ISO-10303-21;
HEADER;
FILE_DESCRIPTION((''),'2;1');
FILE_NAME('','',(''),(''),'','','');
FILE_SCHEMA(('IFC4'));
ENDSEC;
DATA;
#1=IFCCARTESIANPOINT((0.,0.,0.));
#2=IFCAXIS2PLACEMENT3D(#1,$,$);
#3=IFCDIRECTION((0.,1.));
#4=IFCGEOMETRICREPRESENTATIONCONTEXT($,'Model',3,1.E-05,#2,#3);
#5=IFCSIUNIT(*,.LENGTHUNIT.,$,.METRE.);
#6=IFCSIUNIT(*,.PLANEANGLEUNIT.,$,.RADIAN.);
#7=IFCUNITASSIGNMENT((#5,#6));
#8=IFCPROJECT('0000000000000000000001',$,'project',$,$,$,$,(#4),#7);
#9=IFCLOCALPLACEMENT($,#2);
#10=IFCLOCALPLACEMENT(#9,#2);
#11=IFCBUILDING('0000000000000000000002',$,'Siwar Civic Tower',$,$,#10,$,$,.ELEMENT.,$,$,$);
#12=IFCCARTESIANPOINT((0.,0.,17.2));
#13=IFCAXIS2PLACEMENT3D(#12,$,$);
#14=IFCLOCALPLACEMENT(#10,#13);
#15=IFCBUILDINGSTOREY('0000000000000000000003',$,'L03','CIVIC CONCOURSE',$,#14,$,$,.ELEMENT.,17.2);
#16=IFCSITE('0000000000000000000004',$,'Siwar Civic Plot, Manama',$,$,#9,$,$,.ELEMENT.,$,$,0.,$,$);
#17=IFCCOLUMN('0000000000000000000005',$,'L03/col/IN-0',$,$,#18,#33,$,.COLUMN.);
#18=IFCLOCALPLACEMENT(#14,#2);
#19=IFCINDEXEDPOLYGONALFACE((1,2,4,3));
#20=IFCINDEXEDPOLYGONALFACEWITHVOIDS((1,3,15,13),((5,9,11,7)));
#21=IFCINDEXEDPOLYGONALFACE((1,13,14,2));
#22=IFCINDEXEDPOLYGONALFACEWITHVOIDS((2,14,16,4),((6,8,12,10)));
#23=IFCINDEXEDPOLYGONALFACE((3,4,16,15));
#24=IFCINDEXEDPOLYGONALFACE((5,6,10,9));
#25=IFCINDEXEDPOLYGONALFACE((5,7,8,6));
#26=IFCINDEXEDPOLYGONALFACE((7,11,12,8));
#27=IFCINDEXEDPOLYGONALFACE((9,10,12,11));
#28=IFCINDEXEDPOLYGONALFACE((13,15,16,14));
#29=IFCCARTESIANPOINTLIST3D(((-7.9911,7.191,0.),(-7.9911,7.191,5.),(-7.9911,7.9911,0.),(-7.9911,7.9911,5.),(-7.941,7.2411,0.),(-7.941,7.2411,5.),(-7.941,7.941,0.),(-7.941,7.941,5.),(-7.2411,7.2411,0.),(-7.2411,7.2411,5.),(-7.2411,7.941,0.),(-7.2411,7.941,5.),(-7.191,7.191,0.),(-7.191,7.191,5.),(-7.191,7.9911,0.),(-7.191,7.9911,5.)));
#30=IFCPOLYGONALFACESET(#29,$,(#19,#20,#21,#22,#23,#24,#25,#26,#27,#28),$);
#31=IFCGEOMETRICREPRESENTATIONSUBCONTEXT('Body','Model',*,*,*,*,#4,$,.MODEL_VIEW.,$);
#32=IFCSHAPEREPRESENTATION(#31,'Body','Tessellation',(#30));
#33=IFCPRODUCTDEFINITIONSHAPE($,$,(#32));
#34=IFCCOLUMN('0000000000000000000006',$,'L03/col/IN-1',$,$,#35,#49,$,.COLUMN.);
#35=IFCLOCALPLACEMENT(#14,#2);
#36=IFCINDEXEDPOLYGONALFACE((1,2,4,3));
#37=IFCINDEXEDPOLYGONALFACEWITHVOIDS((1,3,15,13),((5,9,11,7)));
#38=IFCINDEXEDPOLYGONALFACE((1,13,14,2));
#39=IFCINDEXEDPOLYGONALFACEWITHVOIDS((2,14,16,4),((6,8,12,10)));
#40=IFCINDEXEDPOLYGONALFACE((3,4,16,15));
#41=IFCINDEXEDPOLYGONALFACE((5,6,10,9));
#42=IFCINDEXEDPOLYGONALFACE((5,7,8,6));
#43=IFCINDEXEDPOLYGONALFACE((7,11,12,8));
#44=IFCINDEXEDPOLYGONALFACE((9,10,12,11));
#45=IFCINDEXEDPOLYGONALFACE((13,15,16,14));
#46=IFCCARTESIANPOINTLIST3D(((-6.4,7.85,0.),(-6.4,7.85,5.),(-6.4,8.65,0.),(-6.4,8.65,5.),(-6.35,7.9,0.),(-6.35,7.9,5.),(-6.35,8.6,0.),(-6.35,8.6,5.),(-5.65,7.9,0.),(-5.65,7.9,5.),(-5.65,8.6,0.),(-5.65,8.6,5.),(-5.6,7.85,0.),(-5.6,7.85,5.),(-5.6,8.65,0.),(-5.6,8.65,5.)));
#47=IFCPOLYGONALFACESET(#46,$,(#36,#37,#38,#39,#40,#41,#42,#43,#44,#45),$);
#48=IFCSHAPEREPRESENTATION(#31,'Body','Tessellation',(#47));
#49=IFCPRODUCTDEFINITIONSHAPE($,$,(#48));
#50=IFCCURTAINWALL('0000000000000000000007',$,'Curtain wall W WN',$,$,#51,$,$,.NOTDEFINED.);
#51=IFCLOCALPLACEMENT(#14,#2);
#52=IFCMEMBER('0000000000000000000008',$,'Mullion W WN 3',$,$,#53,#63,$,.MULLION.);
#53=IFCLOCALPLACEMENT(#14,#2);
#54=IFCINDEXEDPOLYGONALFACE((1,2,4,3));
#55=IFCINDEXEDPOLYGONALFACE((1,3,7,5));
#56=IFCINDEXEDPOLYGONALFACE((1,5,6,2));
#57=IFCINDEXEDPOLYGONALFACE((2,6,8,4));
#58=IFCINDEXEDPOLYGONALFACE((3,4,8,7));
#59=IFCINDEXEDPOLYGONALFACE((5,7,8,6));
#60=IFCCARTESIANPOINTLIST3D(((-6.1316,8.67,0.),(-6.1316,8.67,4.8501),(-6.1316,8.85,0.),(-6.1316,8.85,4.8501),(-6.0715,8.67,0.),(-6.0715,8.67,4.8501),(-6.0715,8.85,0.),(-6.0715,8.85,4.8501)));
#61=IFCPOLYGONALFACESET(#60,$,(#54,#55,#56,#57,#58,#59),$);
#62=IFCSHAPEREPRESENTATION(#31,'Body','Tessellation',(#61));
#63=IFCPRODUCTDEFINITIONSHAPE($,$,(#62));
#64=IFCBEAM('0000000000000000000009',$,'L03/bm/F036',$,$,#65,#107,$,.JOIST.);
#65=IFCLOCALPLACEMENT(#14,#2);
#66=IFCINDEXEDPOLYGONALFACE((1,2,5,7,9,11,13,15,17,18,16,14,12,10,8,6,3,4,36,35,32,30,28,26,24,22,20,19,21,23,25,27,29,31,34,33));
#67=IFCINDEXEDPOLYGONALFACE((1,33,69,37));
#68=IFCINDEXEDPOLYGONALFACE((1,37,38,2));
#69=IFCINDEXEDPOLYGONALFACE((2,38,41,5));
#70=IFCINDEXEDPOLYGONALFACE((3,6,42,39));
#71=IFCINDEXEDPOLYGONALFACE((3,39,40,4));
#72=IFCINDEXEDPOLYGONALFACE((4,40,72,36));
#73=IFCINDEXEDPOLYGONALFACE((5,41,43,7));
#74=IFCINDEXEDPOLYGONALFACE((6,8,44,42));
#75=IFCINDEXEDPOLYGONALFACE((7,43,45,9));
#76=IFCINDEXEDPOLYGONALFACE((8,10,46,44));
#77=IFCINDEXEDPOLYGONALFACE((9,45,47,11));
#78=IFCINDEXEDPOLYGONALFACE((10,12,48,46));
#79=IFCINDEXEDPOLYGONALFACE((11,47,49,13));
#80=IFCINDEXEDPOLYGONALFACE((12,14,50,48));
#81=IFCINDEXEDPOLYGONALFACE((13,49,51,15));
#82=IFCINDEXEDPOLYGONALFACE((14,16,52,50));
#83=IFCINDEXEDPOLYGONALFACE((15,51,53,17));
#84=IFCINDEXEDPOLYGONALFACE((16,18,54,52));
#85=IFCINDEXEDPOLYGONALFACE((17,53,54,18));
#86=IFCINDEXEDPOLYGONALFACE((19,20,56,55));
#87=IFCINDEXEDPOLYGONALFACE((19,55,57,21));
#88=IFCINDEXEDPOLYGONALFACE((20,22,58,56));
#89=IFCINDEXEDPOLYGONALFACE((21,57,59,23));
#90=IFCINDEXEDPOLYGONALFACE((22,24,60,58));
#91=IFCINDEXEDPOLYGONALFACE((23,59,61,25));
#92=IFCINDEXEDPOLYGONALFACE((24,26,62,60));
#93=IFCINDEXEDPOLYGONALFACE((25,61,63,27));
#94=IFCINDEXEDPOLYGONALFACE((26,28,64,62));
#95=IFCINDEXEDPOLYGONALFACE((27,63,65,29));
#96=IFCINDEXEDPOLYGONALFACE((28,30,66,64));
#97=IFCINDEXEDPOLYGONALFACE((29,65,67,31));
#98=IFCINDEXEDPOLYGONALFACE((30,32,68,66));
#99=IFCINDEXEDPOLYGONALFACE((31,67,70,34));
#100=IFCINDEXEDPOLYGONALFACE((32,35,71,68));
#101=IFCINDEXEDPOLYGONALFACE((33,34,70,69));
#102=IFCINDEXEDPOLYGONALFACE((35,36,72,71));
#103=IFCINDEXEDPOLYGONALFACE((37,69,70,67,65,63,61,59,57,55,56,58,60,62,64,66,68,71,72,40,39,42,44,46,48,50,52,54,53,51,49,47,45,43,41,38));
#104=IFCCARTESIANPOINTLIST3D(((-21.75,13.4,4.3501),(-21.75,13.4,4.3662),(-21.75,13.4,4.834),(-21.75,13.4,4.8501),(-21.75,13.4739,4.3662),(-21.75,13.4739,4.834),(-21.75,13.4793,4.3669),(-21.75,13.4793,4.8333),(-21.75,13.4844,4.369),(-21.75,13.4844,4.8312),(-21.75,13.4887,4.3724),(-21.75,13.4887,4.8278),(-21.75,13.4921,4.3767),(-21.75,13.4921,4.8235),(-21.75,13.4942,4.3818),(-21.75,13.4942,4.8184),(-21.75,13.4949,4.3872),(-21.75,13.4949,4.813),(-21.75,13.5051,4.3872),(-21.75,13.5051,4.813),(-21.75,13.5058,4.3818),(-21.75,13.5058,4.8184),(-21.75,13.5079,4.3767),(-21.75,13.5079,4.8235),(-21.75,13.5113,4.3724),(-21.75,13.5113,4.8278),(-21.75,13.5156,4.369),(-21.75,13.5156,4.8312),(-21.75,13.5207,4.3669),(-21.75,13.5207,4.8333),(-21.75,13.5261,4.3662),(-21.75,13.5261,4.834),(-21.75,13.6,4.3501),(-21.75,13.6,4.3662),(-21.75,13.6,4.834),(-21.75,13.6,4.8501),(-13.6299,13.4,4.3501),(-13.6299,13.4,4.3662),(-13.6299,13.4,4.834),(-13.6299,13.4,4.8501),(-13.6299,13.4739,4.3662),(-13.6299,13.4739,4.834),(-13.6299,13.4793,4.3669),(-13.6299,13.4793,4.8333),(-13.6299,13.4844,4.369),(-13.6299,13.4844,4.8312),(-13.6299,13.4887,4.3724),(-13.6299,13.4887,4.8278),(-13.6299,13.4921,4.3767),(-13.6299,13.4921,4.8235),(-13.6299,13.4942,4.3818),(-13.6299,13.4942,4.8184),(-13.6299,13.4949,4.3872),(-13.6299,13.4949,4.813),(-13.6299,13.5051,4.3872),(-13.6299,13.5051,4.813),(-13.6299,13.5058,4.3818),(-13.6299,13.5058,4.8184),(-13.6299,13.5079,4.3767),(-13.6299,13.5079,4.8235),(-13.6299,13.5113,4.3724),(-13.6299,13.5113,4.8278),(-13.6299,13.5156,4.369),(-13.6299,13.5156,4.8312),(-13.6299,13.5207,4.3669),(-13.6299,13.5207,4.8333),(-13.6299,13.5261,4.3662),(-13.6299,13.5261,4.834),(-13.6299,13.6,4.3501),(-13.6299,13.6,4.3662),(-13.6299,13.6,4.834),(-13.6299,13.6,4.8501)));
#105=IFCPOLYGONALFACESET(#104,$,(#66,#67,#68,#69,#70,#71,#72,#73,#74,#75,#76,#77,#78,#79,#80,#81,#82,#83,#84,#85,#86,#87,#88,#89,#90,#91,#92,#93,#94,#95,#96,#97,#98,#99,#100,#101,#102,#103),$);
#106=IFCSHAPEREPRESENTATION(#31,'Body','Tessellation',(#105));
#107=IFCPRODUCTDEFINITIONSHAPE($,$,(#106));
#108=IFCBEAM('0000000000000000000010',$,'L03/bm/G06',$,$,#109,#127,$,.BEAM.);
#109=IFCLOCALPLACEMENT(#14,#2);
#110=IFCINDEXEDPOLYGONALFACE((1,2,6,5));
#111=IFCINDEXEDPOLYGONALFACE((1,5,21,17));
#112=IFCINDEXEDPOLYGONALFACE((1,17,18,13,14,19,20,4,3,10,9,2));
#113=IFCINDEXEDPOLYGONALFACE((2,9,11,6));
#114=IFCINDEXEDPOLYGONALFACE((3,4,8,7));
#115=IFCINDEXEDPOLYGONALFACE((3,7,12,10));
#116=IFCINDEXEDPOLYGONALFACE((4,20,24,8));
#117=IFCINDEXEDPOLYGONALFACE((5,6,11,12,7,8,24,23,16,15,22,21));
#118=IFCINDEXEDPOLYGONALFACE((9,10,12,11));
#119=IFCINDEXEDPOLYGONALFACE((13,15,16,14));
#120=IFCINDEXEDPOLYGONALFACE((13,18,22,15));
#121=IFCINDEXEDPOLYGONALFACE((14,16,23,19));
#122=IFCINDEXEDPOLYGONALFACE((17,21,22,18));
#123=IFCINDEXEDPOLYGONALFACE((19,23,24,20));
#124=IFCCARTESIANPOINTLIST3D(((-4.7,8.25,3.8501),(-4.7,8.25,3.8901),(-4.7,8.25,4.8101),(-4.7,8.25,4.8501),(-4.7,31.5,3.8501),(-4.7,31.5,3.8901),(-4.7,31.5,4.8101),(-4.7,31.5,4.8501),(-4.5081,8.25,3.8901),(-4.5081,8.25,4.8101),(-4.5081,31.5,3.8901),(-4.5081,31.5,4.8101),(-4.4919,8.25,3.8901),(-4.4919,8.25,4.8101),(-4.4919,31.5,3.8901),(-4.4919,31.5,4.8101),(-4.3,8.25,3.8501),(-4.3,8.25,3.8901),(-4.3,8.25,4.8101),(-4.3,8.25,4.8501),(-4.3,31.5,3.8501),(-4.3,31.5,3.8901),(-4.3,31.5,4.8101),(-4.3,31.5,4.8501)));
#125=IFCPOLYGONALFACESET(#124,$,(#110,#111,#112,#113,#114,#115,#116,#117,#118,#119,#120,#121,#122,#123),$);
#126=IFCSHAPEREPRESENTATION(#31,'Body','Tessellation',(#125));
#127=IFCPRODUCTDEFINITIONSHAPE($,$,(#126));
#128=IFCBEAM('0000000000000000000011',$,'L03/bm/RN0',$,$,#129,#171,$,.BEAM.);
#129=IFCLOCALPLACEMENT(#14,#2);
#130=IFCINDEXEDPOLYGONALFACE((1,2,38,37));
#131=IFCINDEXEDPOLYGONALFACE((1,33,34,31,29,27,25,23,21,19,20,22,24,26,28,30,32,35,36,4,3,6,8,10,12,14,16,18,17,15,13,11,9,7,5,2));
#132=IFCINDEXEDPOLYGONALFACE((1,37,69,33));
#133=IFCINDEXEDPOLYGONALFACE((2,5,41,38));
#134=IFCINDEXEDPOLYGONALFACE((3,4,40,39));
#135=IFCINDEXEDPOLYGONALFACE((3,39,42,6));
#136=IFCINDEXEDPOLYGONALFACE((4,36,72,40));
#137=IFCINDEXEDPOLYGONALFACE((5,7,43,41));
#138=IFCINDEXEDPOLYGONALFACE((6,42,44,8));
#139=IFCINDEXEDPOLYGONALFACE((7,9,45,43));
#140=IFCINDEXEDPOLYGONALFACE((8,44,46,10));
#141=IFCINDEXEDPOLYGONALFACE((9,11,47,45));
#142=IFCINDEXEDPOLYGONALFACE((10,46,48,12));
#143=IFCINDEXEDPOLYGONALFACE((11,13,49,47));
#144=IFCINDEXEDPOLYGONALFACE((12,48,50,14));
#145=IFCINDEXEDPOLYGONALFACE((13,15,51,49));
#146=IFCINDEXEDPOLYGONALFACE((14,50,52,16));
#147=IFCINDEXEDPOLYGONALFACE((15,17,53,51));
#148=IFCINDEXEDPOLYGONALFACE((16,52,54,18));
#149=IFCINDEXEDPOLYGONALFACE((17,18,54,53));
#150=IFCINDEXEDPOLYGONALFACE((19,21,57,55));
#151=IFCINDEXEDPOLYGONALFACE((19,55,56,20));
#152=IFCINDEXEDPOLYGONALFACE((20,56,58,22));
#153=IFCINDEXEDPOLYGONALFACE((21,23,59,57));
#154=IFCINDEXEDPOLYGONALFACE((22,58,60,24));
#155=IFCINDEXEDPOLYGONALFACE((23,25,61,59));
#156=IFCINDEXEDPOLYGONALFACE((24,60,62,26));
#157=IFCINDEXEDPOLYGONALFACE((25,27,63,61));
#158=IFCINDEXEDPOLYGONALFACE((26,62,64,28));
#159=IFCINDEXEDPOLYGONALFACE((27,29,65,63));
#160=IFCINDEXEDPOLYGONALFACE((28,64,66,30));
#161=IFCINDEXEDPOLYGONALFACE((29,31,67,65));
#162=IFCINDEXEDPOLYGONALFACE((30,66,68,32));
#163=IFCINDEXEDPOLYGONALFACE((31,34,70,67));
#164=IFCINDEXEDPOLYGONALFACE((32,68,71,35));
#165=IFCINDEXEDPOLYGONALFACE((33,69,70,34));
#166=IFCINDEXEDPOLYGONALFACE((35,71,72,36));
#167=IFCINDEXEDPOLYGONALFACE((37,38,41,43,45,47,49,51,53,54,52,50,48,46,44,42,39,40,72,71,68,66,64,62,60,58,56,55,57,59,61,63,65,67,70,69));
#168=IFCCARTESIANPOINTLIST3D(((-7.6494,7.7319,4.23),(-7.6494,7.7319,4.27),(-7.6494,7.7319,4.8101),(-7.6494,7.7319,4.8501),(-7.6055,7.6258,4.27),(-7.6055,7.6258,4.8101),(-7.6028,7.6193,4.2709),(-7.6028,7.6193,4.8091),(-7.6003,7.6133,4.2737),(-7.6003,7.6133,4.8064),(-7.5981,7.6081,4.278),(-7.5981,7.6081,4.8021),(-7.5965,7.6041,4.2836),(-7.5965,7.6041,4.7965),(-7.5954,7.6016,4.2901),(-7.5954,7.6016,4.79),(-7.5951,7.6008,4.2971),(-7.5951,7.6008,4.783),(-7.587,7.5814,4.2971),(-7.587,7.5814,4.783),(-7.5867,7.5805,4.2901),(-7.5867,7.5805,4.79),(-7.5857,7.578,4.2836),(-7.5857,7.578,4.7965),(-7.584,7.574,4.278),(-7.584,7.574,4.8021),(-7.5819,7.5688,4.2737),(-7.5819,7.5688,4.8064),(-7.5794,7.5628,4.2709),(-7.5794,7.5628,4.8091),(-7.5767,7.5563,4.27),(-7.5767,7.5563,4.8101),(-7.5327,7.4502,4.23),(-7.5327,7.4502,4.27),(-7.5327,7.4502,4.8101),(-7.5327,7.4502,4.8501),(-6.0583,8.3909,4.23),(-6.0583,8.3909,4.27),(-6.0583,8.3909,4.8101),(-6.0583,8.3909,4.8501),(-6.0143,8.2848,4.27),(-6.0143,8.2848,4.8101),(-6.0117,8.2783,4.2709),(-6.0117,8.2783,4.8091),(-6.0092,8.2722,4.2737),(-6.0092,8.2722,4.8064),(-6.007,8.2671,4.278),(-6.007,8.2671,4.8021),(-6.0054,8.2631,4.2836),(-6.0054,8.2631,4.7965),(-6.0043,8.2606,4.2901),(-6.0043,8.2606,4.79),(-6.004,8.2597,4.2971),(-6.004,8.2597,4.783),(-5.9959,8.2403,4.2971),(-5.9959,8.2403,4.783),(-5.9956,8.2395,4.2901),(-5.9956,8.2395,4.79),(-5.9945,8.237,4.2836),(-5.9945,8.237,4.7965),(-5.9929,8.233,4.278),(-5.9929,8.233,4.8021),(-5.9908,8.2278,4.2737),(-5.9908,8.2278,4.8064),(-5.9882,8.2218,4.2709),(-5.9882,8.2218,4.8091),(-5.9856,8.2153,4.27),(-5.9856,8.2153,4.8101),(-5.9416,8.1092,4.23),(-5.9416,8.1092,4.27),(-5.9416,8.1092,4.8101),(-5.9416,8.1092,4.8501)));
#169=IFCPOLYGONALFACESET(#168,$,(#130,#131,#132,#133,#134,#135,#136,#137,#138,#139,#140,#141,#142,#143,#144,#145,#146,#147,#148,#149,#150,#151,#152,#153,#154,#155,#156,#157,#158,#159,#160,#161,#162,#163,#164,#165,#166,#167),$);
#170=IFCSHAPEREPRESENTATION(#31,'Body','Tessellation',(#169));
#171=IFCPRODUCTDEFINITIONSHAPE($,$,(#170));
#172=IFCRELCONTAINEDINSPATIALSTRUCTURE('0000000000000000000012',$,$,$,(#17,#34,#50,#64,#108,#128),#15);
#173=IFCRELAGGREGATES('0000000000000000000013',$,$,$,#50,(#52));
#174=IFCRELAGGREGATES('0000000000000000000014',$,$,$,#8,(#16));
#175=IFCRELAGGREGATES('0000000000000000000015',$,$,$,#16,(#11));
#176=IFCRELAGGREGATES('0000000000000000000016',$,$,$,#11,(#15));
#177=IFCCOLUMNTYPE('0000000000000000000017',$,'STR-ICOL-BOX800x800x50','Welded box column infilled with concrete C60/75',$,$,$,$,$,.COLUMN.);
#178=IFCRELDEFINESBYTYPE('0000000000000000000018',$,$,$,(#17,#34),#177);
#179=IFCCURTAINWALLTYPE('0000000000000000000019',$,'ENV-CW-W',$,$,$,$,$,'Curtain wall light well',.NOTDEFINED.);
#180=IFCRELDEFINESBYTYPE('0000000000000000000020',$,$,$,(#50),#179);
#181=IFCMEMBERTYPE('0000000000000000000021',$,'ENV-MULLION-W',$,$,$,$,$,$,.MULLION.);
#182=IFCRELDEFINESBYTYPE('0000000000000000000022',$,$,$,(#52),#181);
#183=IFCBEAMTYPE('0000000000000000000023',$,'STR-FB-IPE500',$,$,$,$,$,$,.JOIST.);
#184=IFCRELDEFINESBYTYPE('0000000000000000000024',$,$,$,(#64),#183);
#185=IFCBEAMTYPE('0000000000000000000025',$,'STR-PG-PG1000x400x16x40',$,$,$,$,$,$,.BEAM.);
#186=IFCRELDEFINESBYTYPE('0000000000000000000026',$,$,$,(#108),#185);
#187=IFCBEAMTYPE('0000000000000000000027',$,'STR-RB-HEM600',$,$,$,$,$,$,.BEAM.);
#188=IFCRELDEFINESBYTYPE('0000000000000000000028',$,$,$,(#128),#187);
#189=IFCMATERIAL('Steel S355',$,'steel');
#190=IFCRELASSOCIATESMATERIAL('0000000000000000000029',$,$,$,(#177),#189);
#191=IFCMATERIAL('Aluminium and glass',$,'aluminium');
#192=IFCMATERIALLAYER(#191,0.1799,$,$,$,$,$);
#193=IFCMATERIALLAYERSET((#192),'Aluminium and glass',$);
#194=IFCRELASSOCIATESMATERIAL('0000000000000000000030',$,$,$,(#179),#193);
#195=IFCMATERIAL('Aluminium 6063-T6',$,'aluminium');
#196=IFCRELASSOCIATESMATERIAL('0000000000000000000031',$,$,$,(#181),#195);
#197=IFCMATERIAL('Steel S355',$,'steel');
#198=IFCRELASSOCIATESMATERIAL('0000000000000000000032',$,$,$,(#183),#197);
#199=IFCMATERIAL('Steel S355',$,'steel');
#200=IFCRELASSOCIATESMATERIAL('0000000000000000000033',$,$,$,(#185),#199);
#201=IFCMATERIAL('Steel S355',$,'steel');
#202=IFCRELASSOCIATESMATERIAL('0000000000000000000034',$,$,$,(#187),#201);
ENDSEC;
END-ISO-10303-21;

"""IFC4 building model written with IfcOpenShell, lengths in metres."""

from ifc_helpers import new_model, si_unit, direction, frame, origin, origin_2d, place, context, subcontext, project, spatial, rectangle, hollow_rectangle, i_section, extrude, material, layer, layer_set, material_profile, profile_set, type_object, element, aggregate, save


model = new_model("IFC4")

# Units and contexts
model_context = context("Model", 3, precision=1e-05, world=origin(), true_north=direction((0.0, 1.0)))
body_context = subcontext(model_context, "Body", "Model", "MODEL_VIEW")
ifc_project = project(units=[si_unit("LENGTHUNIT", "METRE"), si_unit("PLANEANGLEUNIT", "RADIAN")], contexts=[model_context])

# Site, building, storey
site_placement = place(None, origin())
site = spatial("IfcSite", under=ifc_project, at=site_placement, Name="Siwar Civic Plot, Manama", CompositionType="ELEMENT", RefElevation=0.0)
building_placement = place(site_placement, origin())
building = spatial("IfcBuilding", under=site, at=building_placement, Name="Siwar Civic Tower", CompositionType="ELEMENT")
storey_placement = place(building_placement, frame((0.0, 0.0, 17.2)))
storey = spatial("IfcBuildingStorey", under=building, at=storey_placement, Name="L03", Description="CIVIC CONCOURSE", CompositionType="ELEMENT", Elevation=17.2)

# Columns
ifc_material_1 = material(Name="Steel S355", Category="steel")
ifc_material_profile_1 = material_profile(ifc_material_1, hollow_rectangle(XDim=0.8, YDim=0.8, WallThickness=0.05, at=origin_2d()), Name="BOX800x800x50")
ifc_profile_set_1 = profile_set([ifc_material_profile_1], Name="Steel S355")
column_type = type_object("IfcColumnType", Name="STR-ICOL-BOX800x800x50", Description="Welded box column infilled with concrete C60/75", PredefinedType="COLUMN", material=ifc_profile_set_1)
for number, where, z_axis, x_axis, name in (
    (1, (-7.5911, 7.5911, 0.0), (0.0, 0.0, 1.0), (1.0, 0.0, 0.0), "L03/col/IN-0"),
    (2, (-6.0, 8.25, 0.0), (0.0, 0.0, 1.0), (1.0, 0.0, 0.0), "L03/col/IN-1"),
):
    element("IfcColumn", number, at=place(storey_placement, frame(where, z_axis=z_axis, x_axis=x_axis)), inside=storey, type_object=column_type, Name=name, PredefinedType="COLUMN", context=body_context, shape_type="SweptSolid", body=[
        extrude(hollow_rectangle(XDim=0.8, YDim=0.8, WallThickness=0.05, at=origin_2d()), origin(), (0.0, 0.0, 1.0), 5.0),
    ])

# Curtain wall, member
ifc_material_2 = material(Name="Aluminium and glass", Category="aluminium")
ifc_layer_1 = layer(ifc_material_2, 0.1799)
ifc_layer_set_1 = layer_set([ifc_layer_1], Name="Aluminium and glass")
curtain_wall_type = type_object("IfcCurtainWallType", Name="ENV-CW-W", ElementType="Curtain wall light well", PredefinedType="NOTDEFINED", material=ifc_layer_set_1)
curtain_wall_placement = place(storey_placement, origin())
curtain_wall = element("IfcCurtainWall", 3, at=curtain_wall_placement, inside=storey, type_object=curtain_wall_type, Name="Curtain wall W WN", PredefinedType="NOTDEFINED")
ifc_material_3 = material(Name="Aluminium 6063-T6", Category="aluminium")
ifc_material_profile_2 = material_profile(ifc_material_3, rectangle(XDim=0.1799, YDim=0.0601, at=origin_2d()), Name="AL 180x60")
ifc_profile_set_2 = profile_set([ifc_material_profile_2], Name="Aluminium 6063-T6")
member_type = type_object("IfcMemberType", Name="ENV-MULLION-W", PredefinedType="MULLION", material=ifc_profile_set_2)
member_placement = place(storey_placement, frame((-6.1016, 8.76, 0.0), z_axis=(0.0, 0.0, 1.0), x_axis=(0.0, -1.0, 0.0)))
member = element("IfcMember", 4, at=member_placement, type_object=member_type, Name="Mullion W WN 3", PredefinedType="MULLION", context=body_context, shape_type="SweptSolid", body=[
    extrude(rectangle(XDim=0.1799, YDim=0.0601, at=origin_2d()), origin(), (0.0, 0.0, 1.0), 4.8501),
])
aggregate(curtain_wall, [member])

# Beams
ifc_material_4 = material(Name="Steel S355", Category="steel")
ifc_material_profile_3 = material_profile(ifc_material_4, i_section(OverallWidth=0.2, OverallDepth=0.5, WebThickness=0.0103, FlangeThickness=0.0161, FilletRadius=0.021, at=origin_2d()), Name="IPE500")
ifc_profile_set_3 = profile_set([ifc_material_profile_3], Name="Steel S355")
beam_type_1 = type_object("IfcBeamType", Name="STR-FB-IPE500", PredefinedType="JOIST", material=ifc_profile_set_3)
beam_1_placement = place(storey_placement, frame((-21.75, 13.5, 4.6001), z_axis=(1.0, 0.0, 0.0), x_axis=(0.0, 1.0, 0.0)))
element("IfcBeam", 5, at=beam_1_placement, inside=storey, type_object=beam_type_1, Name="L03/bm/F036", PredefinedType="JOIST", context=body_context, shape_type="SweptSolid", body=[
    extrude(i_section(OverallWidth=0.2, OverallDepth=0.5, WebThickness=0.0103, FlangeThickness=0.0161, FilletRadius=0.021, at=origin_2d()), origin(), (0.0, 0.0, 1.0), 8.1201),
])
ifc_material_5 = material(Name="Steel S355", Category="steel")
ifc_material_profile_4 = material_profile(ifc_material_5, i_section(OverallWidth=0.3999, OverallDepth=1.0, WebThickness=0.0161, FlangeThickness=0.04, at=origin_2d()), Name="PG1000x400x16x40")
ifc_profile_set_4 = profile_set([ifc_material_profile_4], Name="Steel S355")
beam_type_2 = type_object("IfcBeamType", Name="STR-PG-PG1000x400x16x40", PredefinedType="BEAM", material=ifc_profile_set_4)
beam_2_placement = place(storey_placement, frame((-4.5, 8.25, 4.3501), z_axis=(0.0, 1.0, 0.0), x_axis=(-1.0, 0.0, 0.0)))
element("IfcBeam", 6, at=beam_2_placement, inside=storey, type_object=beam_type_2, Name="L03/bm/G06", PredefinedType="BEAM", context=body_context, shape_type="SweptSolid", body=[
    extrude(i_section(OverallWidth=0.3999, OverallDepth=1.0, WebThickness=0.0161, FlangeThickness=0.04, at=origin_2d()), origin(), (0.0, 0.0, 1.0), 23.25),
])
ifc_material_6 = material(Name="Steel S355", Category="steel")
ifc_material_profile_5 = material_profile(ifc_material_6, i_section(OverallWidth=0.3049, OverallDepth=0.6201, WebThickness=0.021, FlangeThickness=0.04, FilletRadius=0.0271, at=origin_2d()), Name="HEM600")
ifc_profile_set_5 = profile_set([ifc_material_profile_5], Name="Steel S355")
beam_type_3 = type_object("IfcBeamType", Name="STR-RB-HEM600", PredefinedType="BEAM", material=ifc_profile_set_5)
beam_3_placement = place(storey_placement, frame((-7.5911, 7.5911, 4.54), z_axis=(0.923901, 0.382631, 0.0), x_axis=(-0.382631, 0.923901, 0.0)))
element("IfcBeam", 7, at=beam_3_placement, inside=storey, type_object=beam_type_3, Name="L03/bm/RN0", PredefinedType="BEAM", context=body_context, shape_type="SweptSolid", body=[
    extrude(i_section(OverallWidth=0.3049, OverallDepth=0.6201, WebThickness=0.021, FlangeThickness=0.04, FilletRadius=0.0271, at=origin_2d()), origin(), (0.0, 0.0, 1.0), 1.7222),
])

save(model, "model.ifc")
